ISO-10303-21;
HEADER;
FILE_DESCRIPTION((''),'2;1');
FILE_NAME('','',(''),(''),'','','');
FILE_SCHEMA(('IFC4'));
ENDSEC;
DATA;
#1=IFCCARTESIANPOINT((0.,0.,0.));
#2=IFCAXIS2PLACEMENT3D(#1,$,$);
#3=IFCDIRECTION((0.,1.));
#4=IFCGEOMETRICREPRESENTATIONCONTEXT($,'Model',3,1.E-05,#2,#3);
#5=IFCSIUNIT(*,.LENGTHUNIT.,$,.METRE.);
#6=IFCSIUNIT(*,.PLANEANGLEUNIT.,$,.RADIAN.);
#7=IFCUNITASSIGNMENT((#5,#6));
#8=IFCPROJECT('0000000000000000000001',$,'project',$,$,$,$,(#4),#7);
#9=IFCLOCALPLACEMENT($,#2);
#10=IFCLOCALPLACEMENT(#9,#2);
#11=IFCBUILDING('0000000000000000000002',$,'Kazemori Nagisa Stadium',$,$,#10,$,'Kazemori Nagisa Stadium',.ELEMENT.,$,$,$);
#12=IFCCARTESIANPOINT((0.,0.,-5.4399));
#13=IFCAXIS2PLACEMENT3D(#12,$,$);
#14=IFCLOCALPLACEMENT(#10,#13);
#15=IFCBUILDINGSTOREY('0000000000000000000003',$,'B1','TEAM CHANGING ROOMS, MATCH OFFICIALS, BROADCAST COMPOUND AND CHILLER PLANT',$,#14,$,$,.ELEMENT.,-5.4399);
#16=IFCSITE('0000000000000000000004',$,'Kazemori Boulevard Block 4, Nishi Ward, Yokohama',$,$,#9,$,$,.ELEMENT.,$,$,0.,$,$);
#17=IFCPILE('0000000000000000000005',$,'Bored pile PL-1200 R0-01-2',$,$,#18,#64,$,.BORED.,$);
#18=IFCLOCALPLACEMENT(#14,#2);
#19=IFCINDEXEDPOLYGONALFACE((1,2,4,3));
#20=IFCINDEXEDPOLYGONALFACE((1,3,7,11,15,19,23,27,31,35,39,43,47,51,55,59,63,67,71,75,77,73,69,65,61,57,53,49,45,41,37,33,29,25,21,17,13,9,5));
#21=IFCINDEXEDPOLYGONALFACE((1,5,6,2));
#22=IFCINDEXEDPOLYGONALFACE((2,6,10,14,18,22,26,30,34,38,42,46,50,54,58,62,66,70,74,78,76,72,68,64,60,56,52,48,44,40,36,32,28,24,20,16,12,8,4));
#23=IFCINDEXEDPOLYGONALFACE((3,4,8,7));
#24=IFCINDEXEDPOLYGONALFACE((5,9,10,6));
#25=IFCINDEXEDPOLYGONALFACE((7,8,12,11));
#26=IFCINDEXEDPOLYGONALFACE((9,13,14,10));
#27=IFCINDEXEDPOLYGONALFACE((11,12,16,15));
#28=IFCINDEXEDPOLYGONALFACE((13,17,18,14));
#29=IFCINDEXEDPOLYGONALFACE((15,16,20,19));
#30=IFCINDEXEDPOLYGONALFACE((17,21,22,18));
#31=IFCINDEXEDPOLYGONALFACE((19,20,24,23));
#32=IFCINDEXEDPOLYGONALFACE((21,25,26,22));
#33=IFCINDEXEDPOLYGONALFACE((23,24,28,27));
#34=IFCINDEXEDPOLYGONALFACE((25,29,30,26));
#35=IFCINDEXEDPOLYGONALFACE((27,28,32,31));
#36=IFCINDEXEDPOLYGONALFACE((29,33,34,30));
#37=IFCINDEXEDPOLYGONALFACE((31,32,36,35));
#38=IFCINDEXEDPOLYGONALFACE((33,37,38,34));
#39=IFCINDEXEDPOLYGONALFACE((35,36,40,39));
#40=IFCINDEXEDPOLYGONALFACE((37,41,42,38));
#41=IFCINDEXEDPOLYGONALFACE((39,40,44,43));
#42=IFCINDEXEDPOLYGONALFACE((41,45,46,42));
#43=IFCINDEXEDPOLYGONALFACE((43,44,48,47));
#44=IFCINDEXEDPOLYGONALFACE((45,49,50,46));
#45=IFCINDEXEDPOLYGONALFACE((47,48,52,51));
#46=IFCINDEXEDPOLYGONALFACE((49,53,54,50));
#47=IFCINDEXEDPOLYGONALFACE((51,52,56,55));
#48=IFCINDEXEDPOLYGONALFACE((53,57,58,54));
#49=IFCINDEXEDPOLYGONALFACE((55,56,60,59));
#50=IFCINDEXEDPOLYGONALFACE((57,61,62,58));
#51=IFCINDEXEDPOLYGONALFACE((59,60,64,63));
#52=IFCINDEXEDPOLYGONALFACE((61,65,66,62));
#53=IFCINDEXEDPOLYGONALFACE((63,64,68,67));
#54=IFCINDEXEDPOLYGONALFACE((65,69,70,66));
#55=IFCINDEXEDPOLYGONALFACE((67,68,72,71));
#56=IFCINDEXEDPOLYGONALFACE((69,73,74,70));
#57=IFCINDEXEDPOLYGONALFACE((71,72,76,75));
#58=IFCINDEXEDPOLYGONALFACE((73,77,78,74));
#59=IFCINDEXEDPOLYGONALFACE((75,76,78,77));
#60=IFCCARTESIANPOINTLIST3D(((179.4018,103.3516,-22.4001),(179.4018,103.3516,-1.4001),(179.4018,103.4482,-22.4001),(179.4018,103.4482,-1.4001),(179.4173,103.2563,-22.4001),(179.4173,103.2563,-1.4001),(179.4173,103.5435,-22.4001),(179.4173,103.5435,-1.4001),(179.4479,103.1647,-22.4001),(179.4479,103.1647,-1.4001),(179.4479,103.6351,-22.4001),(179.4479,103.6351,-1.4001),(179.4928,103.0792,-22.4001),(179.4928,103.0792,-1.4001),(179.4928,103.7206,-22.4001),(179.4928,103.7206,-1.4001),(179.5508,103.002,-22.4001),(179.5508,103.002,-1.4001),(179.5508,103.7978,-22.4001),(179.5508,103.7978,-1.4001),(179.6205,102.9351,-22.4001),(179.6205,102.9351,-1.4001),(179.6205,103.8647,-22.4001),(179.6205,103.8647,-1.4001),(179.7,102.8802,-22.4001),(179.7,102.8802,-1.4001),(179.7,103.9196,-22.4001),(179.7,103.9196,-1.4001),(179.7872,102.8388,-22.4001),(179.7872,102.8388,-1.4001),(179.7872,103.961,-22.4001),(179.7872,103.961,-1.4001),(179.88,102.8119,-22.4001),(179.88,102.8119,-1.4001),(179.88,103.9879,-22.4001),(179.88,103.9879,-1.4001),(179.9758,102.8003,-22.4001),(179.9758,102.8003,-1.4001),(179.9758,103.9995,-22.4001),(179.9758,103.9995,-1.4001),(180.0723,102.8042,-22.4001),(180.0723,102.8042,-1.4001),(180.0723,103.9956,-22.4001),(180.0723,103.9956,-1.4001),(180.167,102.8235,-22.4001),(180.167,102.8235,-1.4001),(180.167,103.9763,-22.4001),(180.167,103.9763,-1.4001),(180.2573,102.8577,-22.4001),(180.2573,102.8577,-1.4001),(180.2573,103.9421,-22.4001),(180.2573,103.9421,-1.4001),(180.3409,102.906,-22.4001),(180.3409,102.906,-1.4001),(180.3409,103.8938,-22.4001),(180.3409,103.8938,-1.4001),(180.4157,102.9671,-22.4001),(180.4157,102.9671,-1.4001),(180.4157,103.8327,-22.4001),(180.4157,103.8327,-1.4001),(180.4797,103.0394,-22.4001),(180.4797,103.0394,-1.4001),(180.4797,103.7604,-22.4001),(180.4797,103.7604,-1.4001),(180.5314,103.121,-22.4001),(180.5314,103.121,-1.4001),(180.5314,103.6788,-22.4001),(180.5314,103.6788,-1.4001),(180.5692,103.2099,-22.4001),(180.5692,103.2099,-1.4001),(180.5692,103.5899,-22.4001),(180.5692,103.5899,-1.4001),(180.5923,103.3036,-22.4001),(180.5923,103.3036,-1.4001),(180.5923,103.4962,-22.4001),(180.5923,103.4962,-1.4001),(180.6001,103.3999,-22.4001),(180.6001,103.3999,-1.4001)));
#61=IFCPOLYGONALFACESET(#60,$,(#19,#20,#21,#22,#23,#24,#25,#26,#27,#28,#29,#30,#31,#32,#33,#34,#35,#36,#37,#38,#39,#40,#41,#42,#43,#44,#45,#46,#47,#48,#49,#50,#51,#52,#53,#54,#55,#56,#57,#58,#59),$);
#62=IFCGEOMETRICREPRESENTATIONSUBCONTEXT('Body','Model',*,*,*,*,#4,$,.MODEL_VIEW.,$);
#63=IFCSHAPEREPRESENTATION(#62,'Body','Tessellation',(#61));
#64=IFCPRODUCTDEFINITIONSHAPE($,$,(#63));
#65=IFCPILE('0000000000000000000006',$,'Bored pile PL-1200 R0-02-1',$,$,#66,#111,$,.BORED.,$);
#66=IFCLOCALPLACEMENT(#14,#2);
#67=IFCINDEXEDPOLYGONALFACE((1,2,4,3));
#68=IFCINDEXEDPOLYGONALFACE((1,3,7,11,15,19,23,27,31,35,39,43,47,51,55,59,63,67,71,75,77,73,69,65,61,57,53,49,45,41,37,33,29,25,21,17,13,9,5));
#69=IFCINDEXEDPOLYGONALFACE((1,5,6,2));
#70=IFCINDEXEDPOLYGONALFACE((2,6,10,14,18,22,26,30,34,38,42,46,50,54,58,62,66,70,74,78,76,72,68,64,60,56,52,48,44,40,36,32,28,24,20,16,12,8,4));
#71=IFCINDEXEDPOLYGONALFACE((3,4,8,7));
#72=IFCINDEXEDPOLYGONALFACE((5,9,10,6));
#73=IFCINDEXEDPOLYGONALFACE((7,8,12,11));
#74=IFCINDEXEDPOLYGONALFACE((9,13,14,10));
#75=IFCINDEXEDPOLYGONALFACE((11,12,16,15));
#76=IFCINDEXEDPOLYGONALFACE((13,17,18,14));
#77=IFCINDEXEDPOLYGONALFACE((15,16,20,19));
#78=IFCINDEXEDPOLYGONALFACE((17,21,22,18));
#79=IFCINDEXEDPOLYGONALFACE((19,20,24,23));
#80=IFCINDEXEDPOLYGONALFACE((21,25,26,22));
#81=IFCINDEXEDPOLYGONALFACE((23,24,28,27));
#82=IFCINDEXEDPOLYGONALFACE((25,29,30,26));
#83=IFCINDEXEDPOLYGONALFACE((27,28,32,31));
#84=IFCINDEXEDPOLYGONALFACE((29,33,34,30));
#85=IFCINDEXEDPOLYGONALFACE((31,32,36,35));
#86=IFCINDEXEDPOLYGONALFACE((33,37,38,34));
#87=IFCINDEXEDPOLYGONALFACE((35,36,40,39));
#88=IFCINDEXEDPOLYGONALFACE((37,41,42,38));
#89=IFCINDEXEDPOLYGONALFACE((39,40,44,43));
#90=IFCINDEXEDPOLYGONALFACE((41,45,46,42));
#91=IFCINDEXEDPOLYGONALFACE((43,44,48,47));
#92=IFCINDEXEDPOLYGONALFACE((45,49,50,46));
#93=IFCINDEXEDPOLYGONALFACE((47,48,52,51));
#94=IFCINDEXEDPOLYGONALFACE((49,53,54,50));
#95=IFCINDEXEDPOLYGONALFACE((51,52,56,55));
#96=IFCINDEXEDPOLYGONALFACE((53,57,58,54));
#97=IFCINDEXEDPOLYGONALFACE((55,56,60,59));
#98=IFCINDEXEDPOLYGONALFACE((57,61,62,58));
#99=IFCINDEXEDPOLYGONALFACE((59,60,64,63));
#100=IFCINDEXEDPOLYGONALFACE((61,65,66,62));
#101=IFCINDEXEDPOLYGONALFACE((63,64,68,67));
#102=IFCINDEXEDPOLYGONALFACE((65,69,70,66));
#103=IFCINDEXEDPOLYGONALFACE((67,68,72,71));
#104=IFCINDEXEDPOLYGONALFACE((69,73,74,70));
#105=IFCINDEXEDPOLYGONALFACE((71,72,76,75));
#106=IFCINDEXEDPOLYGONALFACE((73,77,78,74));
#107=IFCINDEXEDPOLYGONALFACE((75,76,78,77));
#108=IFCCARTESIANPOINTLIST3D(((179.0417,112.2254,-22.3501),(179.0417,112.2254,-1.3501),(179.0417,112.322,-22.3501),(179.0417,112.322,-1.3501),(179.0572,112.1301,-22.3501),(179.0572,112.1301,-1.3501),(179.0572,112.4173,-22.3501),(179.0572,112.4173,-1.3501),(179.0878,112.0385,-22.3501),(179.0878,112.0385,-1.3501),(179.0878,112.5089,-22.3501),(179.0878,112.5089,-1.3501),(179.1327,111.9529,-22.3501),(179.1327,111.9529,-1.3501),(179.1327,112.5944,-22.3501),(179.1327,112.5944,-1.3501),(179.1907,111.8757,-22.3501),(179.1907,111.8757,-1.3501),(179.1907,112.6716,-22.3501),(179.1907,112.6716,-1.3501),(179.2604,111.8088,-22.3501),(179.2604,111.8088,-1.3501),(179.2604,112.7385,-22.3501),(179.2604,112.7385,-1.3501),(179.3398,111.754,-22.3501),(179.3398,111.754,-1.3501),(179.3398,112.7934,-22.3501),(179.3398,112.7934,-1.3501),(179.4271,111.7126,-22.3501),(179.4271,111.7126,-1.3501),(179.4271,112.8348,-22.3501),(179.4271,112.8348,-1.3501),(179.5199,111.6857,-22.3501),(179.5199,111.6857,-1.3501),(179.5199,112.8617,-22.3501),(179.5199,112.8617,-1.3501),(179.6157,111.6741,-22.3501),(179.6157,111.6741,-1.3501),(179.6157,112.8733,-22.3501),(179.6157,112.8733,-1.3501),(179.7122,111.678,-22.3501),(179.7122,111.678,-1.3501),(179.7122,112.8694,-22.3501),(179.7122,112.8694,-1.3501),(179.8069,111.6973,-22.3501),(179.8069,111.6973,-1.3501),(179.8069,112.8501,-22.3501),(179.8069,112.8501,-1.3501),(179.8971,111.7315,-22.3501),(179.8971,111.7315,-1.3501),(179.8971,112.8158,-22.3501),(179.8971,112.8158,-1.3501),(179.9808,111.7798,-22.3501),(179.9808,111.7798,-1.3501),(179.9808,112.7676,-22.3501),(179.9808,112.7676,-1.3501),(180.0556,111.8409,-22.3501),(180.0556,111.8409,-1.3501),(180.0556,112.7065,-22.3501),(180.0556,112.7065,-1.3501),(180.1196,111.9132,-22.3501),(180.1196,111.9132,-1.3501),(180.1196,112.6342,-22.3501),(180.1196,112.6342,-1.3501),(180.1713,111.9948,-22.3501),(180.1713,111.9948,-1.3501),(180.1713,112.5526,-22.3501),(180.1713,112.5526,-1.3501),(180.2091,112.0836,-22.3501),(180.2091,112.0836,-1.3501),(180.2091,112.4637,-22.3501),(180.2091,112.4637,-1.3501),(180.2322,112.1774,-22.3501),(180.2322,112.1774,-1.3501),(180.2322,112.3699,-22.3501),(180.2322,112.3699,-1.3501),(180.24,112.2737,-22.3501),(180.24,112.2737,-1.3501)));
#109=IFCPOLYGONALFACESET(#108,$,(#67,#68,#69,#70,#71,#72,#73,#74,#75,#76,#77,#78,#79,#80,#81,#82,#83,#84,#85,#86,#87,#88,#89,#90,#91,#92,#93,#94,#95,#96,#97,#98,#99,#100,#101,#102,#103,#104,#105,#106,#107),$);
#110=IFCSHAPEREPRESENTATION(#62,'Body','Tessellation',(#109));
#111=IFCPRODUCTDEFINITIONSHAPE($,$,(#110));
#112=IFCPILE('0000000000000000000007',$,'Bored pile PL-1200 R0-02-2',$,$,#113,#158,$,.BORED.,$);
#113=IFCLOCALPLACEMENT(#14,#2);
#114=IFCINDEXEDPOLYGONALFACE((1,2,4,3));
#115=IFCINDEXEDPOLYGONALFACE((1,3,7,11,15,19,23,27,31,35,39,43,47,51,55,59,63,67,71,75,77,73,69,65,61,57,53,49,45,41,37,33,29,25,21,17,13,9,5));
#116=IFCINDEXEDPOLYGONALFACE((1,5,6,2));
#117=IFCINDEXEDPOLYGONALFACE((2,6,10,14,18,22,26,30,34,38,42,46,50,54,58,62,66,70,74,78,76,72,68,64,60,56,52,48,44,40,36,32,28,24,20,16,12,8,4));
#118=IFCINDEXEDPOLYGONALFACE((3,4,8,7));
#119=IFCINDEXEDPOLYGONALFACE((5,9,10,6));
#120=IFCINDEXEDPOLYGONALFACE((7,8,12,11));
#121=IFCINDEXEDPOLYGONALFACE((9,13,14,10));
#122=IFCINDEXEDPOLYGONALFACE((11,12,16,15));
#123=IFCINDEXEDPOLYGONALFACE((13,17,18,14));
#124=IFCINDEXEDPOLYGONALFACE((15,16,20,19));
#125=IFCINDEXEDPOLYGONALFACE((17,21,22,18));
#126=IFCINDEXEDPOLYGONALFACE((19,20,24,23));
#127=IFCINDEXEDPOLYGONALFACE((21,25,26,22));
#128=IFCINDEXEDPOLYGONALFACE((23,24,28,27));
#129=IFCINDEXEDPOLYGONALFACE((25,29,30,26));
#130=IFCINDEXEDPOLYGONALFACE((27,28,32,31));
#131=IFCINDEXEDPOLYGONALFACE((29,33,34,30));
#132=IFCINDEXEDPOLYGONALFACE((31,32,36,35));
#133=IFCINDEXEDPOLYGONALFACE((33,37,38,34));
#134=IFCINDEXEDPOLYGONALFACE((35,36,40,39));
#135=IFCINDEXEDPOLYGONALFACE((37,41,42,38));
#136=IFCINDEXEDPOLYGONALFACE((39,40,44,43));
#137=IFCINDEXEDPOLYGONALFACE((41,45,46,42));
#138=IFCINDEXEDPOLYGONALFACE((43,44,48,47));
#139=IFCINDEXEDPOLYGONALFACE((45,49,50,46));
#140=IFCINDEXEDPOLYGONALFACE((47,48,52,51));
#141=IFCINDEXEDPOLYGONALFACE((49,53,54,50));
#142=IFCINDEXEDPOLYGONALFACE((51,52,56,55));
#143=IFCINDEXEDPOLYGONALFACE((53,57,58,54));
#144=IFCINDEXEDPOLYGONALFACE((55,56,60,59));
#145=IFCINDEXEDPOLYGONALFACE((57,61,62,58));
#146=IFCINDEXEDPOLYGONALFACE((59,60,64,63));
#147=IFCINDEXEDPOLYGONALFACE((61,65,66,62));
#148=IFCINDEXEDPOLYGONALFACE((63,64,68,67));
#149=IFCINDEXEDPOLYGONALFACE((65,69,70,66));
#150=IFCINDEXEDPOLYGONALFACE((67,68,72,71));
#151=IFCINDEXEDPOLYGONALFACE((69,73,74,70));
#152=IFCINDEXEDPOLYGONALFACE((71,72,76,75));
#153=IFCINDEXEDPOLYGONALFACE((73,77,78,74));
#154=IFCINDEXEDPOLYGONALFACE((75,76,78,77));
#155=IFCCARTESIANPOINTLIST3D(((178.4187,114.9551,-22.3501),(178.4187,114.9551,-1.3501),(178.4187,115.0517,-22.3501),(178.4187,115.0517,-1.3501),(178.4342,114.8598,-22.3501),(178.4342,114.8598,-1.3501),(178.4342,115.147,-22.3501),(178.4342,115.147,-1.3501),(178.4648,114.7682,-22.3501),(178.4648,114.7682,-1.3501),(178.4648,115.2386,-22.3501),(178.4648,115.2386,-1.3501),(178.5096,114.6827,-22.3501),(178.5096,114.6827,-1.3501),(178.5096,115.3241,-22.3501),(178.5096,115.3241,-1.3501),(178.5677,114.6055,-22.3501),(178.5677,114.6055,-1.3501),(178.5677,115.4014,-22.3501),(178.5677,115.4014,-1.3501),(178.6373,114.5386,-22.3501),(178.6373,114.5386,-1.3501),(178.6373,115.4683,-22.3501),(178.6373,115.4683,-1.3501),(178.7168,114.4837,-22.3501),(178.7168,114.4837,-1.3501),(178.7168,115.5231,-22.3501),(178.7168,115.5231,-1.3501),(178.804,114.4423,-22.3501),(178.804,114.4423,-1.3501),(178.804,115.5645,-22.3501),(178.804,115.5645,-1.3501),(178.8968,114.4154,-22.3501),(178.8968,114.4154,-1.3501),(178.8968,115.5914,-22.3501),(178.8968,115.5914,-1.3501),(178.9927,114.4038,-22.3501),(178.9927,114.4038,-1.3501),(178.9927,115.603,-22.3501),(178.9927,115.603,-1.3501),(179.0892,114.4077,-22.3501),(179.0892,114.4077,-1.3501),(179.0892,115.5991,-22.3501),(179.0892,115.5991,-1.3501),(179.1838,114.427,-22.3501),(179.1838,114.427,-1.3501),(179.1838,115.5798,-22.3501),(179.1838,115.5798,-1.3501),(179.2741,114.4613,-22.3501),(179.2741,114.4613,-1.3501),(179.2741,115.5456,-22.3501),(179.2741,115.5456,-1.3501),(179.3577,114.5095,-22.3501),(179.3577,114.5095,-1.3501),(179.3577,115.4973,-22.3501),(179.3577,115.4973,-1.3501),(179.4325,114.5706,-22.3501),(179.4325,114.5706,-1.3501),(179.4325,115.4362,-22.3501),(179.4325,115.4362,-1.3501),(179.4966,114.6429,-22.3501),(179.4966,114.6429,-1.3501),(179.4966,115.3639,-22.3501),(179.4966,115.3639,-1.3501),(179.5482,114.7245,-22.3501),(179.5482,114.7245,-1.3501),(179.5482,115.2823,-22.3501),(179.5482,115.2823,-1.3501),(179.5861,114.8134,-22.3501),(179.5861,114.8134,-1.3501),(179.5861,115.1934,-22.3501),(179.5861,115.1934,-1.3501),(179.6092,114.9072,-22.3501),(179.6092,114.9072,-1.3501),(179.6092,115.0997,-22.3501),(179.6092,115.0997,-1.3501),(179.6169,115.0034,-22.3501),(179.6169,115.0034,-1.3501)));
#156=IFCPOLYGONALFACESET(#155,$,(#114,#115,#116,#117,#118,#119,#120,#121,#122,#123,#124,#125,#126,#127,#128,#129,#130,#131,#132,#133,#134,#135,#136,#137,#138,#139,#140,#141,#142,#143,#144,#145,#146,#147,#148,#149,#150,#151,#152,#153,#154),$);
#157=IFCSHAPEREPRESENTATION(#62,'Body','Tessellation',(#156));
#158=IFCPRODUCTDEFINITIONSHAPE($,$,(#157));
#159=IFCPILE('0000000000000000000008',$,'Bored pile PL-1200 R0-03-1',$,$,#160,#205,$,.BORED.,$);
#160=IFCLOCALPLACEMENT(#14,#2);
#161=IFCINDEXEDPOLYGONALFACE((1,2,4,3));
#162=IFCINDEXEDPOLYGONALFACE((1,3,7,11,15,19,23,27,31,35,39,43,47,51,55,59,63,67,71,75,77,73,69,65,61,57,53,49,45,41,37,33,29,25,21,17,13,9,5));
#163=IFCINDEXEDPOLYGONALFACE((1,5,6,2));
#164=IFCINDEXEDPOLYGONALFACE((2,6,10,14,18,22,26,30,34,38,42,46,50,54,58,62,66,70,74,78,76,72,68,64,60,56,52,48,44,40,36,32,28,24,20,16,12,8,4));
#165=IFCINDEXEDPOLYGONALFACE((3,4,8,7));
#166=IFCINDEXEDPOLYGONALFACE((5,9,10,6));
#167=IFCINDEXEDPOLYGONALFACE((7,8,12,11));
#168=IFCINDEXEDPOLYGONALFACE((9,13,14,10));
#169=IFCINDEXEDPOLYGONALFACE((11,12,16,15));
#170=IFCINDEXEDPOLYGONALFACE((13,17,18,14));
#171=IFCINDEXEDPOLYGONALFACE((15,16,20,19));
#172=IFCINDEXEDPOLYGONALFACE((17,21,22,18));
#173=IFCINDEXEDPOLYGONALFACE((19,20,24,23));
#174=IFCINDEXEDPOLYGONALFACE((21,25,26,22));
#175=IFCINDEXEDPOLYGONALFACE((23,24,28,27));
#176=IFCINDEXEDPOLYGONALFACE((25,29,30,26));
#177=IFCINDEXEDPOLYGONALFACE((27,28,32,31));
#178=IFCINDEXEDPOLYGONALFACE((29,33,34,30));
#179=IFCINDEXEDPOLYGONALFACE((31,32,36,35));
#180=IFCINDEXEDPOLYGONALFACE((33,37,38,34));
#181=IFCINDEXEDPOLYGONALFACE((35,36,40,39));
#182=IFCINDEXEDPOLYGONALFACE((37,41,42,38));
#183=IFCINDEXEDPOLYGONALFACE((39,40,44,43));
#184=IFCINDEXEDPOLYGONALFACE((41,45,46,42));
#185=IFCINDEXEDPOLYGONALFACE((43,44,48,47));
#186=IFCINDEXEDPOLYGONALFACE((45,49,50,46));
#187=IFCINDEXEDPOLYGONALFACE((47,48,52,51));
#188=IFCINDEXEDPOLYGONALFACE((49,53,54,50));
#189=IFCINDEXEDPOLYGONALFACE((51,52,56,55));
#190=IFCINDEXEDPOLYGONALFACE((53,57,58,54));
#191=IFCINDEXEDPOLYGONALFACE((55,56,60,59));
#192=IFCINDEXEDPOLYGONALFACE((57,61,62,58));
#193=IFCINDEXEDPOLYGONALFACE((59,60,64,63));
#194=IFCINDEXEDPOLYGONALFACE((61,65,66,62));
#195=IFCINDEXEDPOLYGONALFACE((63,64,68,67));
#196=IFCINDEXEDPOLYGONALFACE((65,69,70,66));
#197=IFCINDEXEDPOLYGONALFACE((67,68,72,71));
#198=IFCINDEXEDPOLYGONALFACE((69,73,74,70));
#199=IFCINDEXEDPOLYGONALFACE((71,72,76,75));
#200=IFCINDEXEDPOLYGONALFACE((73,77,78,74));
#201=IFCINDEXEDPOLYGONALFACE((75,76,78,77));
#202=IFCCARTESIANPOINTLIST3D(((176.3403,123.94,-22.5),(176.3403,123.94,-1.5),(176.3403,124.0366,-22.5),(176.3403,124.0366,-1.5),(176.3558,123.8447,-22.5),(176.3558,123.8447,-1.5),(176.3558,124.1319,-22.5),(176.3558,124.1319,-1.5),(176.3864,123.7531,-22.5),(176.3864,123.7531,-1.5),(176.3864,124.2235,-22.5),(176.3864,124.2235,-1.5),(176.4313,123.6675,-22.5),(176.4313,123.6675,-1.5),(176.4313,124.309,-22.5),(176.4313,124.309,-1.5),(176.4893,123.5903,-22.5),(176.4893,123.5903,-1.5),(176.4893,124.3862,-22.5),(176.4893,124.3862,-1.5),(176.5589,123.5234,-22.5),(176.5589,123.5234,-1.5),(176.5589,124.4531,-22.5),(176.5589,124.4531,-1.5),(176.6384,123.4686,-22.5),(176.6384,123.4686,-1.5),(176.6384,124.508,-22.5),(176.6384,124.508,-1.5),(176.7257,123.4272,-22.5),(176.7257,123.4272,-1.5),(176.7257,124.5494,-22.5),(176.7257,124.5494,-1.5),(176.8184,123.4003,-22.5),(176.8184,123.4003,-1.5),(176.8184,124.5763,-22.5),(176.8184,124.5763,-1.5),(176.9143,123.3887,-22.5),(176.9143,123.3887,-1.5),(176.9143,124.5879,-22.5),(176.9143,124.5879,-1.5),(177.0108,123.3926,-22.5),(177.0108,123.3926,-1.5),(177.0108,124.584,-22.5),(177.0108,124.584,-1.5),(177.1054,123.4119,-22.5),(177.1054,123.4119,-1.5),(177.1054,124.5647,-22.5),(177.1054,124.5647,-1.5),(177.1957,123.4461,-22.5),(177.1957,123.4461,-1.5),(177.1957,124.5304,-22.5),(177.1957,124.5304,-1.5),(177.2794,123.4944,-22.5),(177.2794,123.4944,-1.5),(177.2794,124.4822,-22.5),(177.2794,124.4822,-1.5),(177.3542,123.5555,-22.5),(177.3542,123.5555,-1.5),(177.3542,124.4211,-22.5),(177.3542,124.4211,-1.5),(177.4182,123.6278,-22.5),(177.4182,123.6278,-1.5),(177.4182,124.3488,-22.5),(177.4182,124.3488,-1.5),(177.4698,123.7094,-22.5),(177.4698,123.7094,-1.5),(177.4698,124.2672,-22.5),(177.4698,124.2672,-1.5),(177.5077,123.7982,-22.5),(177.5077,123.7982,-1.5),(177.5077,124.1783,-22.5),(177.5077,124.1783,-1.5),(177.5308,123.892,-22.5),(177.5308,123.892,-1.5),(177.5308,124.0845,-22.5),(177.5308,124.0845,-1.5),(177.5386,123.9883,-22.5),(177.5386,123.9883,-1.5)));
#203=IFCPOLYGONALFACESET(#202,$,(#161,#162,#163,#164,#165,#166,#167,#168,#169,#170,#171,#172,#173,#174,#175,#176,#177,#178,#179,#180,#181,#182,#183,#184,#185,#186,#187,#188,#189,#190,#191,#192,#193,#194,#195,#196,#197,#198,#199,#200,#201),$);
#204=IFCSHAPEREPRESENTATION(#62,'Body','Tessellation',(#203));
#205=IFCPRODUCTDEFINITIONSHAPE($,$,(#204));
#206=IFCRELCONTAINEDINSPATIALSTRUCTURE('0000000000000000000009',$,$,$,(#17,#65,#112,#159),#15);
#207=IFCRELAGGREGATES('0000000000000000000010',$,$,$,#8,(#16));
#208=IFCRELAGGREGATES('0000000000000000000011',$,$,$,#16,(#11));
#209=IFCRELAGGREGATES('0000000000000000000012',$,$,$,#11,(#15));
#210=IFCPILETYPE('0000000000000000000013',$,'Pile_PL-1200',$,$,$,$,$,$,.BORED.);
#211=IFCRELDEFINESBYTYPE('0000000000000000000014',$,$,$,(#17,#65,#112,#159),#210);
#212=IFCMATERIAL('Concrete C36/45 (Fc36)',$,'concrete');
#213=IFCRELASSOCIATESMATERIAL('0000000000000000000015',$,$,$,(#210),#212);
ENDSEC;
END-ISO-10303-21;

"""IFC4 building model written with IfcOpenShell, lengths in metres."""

from ifc_helpers import new_model, si_unit, direction, frame, origin, origin_2d, place, context, subcontext, project, spatial, circle, extrude, material, material_profile, profile_set, type_object, element, save


model = new_model("IFC4")

# Units and contexts
model_context = context("Model", 3, precision=1e-05, world=origin(), true_north=direction((0.0, 1.0)))
body_context = subcontext(model_context, "Body", "Model", "MODEL_VIEW")
ifc_project = project(units=[si_unit("LENGTHUNIT", "METRE"), si_unit("PLANEANGLEUNIT", "RADIAN")], contexts=[model_context])

# Site, building, storey
site_placement = place(None, origin())
site = spatial("IfcSite", under=ifc_project, at=site_placement, Name="Kazemori Boulevard Block 4, Nishi Ward, Yokohama", CompositionType="ELEMENT", RefElevation=0.0)
building_placement = place(site_placement, origin())
building = spatial("IfcBuilding", under=site, at=building_placement, Name="Kazemori Nagisa Stadium", LongName="Kazemori Nagisa Stadium", CompositionType="ELEMENT")
storey_placement = place(building_placement, frame((0.0, 0.0, -5.4399)))
storey = spatial("IfcBuildingStorey", under=building, at=storey_placement, Name="B1", Description="TEAM CHANGING ROOMS, MATCH OFFICIALS, BROADCAST COMPOUND AND CHILLER PLANT", CompositionType="ELEMENT", Elevation=-5.4399)

# Piles
ifc_material_1 = material(Name="Concrete C36/45 (Fc36)", Category="concrete")
ifc_material_profile_1 = material_profile(ifc_material_1, circle(Radius=0.6001, at=origin_2d()), Name="PILE-D1200")
ifc_profile_set_1 = profile_set([ifc_material_profile_1], Name="Concrete C36/45 (Fc36)")
pile_type_1 = type_object("IfcPileType", Name="Pile_PL-1200", PredefinedType="BORED", material=ifc_profile_set_1)
for number, where, z_axis, x_axis, name in (
    (1, (180.0, 103.3999, -1.4001), (0.0, 0.0, -1.0), (1.0, 0.0, 0.0), "Bored pile PL-1200 R0-01-2"),
    (2, (179.6399, 112.2737, -1.3501), (0.0, 0.0, -1.0), (1.0, 0.0, 0.0), "Bored pile PL-1200 R0-02-1"),
    (3, (179.0168, 115.0034, -1.3501), (0.0, 0.0, -1.0), (1.0, 0.0, 0.0), "Bored pile PL-1200 R0-02-2"),
    (4, (176.9385, 123.9883, -1.5), (0.0, 0.0, -1.0), (1.0, 0.0, 0.0), "Bored pile PL-1200 R0-03-1"),
):
    element("IfcPile", number, at=place(storey_placement, frame(where, z_axis=z_axis, x_axis=x_axis)), inside=storey, type_object=pile_type_1, Name=name, PredefinedType="BORED", context=body_context, shape_type="SweptSolid", body=[
        extrude(circle(Radius=0.6001, at=origin_2d()), origin(), (0.0, 0.0, 1.0), 21.0),
    ])

save(model, "model.ifc")
